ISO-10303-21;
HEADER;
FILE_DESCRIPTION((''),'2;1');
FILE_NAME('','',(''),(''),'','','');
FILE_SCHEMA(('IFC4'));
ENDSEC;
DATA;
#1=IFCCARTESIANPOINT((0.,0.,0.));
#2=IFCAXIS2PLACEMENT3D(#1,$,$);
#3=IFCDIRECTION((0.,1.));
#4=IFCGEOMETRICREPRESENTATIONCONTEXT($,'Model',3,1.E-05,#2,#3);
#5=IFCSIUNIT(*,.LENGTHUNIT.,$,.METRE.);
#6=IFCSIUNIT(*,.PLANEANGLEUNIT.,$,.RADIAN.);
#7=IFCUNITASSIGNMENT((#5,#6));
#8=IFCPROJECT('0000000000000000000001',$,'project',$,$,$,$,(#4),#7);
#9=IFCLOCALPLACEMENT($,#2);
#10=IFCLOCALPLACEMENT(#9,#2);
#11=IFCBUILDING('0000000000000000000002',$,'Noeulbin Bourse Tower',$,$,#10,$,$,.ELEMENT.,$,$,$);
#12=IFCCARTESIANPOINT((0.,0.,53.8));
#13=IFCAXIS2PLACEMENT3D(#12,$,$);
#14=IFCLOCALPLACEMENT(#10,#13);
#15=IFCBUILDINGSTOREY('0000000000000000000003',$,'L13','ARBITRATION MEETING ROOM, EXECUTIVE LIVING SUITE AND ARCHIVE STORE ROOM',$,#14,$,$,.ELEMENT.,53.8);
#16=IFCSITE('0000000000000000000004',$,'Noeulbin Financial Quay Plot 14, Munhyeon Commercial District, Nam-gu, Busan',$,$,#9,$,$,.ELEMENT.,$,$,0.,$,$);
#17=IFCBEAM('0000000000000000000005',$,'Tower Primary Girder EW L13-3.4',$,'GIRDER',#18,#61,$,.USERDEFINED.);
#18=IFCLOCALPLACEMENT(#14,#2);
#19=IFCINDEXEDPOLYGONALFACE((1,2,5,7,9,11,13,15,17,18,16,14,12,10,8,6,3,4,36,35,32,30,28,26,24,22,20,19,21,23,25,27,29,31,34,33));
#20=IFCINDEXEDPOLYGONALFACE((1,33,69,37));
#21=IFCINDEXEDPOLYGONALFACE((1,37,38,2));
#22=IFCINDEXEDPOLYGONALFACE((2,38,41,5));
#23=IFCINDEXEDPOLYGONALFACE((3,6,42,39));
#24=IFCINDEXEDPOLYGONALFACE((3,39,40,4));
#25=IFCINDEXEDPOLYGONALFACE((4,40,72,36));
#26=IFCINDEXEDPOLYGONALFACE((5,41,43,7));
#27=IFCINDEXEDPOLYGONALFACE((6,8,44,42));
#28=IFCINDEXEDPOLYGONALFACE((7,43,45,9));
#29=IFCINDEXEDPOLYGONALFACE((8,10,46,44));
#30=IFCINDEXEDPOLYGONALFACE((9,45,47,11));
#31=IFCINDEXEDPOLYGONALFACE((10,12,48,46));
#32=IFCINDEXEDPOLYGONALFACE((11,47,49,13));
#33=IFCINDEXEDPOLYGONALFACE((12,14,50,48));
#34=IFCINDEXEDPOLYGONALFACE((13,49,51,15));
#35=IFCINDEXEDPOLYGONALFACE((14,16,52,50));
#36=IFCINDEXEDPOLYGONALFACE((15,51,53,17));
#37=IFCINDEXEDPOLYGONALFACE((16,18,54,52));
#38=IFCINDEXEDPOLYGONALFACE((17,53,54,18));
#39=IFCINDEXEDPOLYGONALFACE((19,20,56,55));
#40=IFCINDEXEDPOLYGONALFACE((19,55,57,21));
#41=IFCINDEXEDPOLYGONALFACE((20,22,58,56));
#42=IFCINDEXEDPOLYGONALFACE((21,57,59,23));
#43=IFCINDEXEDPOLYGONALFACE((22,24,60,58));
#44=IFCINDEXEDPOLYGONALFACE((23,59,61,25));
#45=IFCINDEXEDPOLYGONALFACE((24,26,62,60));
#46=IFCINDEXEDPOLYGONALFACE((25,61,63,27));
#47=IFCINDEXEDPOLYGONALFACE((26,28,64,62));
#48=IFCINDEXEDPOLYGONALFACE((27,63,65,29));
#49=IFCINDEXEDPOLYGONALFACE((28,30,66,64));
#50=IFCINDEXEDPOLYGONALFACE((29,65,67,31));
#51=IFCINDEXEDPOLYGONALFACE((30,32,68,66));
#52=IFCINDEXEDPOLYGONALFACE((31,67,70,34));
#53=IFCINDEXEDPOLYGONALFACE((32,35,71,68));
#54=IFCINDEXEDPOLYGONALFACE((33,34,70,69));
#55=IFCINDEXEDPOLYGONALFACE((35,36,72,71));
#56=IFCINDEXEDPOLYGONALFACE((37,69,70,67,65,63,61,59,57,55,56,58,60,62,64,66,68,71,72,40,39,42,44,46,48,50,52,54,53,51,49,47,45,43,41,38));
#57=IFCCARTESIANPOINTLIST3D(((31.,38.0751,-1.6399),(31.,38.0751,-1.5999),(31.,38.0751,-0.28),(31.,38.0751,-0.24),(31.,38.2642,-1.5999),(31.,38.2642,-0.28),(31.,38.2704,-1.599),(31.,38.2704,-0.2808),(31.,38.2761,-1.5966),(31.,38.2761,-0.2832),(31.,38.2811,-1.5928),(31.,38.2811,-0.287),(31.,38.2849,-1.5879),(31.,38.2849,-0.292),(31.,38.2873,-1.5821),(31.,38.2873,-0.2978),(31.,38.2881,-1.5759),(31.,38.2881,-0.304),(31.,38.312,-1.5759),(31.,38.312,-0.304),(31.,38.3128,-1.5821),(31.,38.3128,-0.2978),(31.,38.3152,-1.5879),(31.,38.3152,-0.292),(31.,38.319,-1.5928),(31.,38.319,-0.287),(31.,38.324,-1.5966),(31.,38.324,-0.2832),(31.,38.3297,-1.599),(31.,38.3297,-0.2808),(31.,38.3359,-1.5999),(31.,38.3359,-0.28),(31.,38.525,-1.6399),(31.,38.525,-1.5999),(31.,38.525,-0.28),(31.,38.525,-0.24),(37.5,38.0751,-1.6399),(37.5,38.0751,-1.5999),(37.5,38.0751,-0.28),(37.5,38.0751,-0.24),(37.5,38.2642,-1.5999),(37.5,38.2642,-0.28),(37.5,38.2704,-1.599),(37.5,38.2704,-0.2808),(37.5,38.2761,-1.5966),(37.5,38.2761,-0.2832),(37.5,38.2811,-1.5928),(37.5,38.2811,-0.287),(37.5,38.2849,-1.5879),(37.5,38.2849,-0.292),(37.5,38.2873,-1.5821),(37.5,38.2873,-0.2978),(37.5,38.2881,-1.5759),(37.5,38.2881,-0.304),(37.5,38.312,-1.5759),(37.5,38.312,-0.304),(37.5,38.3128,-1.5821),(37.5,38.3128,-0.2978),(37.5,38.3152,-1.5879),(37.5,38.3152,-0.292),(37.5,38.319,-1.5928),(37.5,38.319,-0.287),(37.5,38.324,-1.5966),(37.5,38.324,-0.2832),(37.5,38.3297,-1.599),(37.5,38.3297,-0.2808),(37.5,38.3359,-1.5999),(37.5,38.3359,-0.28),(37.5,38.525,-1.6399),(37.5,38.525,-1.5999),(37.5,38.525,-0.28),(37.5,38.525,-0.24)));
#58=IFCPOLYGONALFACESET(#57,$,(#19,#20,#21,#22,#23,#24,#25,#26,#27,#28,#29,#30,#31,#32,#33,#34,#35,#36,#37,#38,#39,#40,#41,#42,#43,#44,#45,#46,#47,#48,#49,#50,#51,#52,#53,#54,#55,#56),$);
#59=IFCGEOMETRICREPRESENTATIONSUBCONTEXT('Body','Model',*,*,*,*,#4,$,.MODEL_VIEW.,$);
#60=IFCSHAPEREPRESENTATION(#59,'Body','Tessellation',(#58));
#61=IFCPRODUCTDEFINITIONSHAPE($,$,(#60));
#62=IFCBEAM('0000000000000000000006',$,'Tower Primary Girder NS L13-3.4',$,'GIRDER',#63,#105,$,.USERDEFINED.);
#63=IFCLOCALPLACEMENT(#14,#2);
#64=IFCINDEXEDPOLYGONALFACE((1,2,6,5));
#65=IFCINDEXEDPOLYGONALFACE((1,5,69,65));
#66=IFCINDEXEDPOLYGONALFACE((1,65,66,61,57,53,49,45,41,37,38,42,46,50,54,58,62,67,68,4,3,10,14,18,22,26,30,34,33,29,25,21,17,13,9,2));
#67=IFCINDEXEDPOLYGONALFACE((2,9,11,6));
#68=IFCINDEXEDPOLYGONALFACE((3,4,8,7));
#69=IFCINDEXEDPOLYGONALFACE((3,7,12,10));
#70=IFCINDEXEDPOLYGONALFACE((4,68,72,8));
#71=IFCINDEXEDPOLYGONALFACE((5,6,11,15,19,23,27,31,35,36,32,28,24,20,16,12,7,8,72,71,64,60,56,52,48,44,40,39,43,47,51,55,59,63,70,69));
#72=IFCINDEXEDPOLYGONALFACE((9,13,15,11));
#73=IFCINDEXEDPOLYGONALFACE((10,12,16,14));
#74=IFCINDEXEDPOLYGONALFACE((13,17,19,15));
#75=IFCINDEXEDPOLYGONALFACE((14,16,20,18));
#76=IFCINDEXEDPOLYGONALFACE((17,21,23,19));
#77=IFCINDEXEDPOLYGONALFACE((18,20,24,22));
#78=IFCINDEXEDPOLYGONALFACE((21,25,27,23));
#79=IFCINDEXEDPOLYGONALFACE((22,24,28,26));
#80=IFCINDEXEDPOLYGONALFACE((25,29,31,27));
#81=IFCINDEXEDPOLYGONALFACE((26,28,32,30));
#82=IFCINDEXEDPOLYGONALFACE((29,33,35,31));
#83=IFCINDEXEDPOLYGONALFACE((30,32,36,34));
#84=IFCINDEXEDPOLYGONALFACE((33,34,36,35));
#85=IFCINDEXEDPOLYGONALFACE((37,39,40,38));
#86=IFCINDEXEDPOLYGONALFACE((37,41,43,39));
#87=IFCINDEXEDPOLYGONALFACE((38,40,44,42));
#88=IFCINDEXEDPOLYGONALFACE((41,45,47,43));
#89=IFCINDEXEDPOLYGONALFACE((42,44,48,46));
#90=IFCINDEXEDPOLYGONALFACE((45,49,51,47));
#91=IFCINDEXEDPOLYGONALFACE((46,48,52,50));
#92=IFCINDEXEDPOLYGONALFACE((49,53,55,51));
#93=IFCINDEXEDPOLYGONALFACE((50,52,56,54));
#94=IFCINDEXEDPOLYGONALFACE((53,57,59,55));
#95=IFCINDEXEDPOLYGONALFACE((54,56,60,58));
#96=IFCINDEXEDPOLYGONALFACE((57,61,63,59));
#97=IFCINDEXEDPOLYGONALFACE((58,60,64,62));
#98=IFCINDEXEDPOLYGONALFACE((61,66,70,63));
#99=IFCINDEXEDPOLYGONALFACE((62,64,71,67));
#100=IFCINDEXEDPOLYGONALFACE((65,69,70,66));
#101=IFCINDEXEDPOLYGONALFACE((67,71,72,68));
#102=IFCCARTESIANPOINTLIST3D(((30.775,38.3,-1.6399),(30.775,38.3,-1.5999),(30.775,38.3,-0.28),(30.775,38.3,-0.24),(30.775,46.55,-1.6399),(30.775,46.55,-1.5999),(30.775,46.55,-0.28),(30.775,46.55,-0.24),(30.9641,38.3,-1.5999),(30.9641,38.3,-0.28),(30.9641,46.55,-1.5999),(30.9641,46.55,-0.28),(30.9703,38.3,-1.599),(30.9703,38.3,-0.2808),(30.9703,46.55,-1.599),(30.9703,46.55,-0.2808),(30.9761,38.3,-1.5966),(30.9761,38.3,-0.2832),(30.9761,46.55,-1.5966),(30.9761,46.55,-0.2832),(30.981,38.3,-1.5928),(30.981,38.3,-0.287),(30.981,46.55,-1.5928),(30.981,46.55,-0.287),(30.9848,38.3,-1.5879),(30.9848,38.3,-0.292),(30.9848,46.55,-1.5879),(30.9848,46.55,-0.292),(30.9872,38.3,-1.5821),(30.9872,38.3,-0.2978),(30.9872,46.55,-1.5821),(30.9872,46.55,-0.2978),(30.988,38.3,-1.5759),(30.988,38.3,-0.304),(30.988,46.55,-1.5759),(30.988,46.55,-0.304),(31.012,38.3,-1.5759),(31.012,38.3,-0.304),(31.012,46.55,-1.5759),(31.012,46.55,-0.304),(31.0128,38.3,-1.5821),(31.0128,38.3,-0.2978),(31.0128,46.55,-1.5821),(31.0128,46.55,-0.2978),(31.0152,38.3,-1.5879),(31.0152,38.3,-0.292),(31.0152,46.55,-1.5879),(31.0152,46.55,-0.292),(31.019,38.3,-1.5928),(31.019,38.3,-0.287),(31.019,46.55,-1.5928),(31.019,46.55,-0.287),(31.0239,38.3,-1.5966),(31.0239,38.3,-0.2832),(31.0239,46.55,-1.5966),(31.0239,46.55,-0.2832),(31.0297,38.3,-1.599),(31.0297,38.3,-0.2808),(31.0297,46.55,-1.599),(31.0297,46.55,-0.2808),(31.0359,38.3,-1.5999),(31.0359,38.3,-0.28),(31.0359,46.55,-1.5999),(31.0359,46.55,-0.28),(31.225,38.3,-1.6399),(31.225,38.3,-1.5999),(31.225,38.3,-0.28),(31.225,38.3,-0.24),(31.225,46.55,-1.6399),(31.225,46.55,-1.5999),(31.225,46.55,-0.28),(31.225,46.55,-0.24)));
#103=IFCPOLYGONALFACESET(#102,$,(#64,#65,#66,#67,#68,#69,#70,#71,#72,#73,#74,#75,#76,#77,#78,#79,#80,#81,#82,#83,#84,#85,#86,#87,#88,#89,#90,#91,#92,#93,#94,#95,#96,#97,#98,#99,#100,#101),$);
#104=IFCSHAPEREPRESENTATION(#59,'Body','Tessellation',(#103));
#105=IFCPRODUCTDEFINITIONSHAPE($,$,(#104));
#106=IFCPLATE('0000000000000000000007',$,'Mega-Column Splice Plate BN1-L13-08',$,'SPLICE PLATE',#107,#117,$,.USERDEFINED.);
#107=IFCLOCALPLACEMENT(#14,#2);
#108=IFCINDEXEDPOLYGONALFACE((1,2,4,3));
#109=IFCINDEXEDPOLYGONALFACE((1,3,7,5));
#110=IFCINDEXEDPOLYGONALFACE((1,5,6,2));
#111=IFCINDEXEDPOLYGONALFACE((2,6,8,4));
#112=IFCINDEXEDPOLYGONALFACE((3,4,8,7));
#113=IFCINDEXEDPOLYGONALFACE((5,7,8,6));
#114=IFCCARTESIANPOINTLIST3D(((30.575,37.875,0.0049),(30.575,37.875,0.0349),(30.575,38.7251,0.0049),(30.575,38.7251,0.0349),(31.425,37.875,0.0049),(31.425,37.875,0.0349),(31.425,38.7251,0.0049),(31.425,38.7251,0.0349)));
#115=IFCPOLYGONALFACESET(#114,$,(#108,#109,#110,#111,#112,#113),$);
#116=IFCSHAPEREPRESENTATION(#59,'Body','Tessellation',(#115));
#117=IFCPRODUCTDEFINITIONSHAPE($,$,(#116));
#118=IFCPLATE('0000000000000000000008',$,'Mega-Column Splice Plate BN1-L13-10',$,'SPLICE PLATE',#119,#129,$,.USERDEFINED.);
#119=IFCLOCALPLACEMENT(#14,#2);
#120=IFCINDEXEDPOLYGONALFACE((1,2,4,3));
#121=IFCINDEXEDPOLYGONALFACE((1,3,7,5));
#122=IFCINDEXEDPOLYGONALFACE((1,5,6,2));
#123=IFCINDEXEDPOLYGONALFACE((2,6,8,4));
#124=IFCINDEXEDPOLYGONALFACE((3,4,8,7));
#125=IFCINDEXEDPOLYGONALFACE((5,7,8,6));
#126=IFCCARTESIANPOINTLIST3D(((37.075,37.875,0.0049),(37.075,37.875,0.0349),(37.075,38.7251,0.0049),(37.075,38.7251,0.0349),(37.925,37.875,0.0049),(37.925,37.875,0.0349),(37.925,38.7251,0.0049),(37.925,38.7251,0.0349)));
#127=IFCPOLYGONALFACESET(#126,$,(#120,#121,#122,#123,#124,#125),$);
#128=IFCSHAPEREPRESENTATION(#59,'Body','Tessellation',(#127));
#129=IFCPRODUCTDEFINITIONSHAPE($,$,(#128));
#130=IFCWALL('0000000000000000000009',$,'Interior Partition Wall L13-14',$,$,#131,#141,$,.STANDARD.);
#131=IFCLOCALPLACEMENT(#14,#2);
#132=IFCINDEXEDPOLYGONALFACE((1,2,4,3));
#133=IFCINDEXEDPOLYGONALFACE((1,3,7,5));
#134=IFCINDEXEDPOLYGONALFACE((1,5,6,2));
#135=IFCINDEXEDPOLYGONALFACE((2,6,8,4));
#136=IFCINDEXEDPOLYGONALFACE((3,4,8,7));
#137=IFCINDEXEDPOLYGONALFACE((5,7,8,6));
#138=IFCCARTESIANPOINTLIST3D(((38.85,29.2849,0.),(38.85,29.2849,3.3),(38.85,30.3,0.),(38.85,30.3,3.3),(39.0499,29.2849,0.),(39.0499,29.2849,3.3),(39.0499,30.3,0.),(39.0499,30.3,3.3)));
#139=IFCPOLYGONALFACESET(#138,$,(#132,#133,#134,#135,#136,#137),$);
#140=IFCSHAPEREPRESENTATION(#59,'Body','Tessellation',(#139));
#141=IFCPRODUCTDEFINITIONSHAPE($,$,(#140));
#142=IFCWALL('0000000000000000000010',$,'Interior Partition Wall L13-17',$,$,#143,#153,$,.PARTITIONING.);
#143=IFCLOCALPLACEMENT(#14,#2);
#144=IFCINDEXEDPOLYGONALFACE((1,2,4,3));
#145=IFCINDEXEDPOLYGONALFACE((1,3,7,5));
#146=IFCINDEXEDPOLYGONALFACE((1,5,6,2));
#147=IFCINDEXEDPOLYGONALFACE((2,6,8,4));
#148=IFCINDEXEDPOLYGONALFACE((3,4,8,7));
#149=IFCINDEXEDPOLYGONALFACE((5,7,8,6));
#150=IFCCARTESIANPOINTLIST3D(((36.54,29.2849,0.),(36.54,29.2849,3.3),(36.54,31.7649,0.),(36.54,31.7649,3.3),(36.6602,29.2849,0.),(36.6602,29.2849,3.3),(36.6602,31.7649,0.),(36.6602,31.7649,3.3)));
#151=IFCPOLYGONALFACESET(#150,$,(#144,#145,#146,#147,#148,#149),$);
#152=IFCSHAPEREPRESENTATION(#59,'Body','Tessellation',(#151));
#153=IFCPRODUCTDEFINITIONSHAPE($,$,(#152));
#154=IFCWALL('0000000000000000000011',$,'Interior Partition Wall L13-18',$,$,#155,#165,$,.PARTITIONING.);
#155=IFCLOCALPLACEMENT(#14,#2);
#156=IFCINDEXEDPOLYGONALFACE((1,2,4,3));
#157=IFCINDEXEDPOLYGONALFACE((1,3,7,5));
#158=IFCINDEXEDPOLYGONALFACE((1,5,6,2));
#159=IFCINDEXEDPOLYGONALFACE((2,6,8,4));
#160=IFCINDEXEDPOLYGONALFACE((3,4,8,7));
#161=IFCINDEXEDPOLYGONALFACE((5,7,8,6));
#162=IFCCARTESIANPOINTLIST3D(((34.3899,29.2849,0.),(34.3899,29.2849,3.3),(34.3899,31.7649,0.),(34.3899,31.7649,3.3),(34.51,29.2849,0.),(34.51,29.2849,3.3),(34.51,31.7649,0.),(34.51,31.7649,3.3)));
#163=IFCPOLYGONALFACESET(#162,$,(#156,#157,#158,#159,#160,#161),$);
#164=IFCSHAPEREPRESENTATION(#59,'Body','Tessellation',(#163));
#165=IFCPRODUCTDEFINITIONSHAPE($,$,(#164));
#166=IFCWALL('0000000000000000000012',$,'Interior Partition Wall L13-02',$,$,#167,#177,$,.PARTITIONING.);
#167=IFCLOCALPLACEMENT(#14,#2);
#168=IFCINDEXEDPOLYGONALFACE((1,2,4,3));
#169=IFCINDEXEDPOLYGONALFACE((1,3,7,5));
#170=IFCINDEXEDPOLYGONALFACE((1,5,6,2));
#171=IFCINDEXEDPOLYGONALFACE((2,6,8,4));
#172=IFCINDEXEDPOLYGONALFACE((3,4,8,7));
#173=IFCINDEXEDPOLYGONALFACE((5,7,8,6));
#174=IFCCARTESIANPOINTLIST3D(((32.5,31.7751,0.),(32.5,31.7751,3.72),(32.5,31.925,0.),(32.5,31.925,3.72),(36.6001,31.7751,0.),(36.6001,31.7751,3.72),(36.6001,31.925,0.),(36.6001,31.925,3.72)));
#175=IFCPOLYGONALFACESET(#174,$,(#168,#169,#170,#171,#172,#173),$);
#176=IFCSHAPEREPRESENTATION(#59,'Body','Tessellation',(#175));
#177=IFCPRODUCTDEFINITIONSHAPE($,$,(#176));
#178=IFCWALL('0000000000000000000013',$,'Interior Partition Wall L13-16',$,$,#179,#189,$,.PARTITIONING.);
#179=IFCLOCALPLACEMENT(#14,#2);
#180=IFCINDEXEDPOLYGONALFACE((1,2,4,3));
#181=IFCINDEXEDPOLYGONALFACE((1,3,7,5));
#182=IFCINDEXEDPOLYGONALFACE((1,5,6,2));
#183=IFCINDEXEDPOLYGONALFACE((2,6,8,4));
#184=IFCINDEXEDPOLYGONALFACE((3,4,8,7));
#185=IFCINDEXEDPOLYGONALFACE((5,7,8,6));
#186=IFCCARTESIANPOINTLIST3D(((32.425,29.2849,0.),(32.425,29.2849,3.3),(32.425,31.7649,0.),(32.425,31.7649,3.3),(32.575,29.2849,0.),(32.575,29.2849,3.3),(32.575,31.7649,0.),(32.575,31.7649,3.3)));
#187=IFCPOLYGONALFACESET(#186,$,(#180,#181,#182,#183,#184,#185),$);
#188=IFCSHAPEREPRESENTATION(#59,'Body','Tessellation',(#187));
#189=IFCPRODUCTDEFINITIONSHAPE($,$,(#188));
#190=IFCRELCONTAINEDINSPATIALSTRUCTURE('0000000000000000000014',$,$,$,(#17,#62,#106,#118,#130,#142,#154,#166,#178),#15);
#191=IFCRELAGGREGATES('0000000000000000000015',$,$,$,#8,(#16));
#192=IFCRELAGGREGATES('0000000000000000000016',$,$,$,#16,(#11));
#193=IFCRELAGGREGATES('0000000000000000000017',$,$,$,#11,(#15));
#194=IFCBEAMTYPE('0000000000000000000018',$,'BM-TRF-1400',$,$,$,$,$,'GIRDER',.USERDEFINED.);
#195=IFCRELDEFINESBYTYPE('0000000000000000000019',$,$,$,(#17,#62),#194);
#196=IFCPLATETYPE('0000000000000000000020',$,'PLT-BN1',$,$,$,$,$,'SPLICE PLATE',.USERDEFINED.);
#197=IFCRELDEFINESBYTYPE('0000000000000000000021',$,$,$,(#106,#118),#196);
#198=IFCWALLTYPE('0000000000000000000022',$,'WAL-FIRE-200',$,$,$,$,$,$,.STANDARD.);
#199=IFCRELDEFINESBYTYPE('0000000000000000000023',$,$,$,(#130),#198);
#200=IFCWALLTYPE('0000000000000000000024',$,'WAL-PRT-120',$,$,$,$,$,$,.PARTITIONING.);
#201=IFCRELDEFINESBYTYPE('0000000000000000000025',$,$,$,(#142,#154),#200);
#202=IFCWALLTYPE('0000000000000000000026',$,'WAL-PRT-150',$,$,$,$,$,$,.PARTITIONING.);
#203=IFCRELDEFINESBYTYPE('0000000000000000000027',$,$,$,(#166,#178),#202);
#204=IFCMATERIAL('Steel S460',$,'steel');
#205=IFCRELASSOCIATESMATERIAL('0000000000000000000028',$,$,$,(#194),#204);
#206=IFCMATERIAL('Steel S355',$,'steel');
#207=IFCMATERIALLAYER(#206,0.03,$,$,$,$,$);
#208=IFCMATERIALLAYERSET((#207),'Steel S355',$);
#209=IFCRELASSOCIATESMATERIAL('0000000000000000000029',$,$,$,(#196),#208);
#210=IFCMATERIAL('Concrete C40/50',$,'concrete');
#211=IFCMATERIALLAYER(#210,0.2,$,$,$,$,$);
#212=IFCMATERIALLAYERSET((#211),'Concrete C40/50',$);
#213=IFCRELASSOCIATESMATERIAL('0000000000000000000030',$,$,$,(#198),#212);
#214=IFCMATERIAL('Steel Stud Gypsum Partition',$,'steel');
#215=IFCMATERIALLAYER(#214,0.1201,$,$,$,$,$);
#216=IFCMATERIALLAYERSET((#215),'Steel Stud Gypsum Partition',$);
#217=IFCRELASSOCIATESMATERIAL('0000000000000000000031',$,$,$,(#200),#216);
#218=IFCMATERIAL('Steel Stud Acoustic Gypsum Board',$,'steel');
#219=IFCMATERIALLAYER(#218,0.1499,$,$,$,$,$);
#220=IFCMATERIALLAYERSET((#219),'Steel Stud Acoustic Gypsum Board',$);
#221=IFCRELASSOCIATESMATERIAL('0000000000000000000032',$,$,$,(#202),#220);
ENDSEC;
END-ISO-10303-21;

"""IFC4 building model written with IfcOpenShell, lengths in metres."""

from ifc_helpers import new_model, si_unit, direction, frame, frame_2d, origin, origin_2d, place, context, subcontext, project, spatial, rectangle, i_section, extrude, material, layer, layer_set, material_profile, profile_set, type_object, element, save


model = new_model("IFC4")

# Units and contexts
model_context = context("Model", 3, precision=1e-05, world=origin(), true_north=direction((0.0, 1.0)))
body_context = subcontext(model_context, "Body", "Model", "MODEL_VIEW")
ifc_project = project(units=[si_unit("LENGTHUNIT", "METRE"), si_unit("PLANEANGLEUNIT", "RADIAN")], contexts=[model_context])

# Site, building, storey
site_placement = place(None, origin())
site = spatial("IfcSite", under=ifc_project, at=site_placement, Name="Noeulbin Financial Quay Plot 14, Munhyeon Commercial District, Nam-gu, Busan", CompositionType="ELEMENT", RefElevation=0.0)
building_placement = place(site_placement, origin())
building = spatial("IfcBuilding", under=site, at=building_placement, Name="Noeulbin Bourse Tower", CompositionType="ELEMENT")
storey_placement = place(building_placement, frame((0.0, 0.0, 53.8)))
storey = spatial("IfcBuildingStorey", under=building, at=storey_placement, Name="L13", Description="ARBITRATION MEETING ROOM, EXECUTIVE LIVING SUITE AND ARCHIVE STORE ROOM", CompositionType="ELEMENT", Elevation=53.8)

# Shared definitions
ifc_material_1 = material(Name="Steel S460", Category="steel")

# Beams
ifc_material_2 = material(Name="Steel S355", Category="steel")
ifc_material_profile_1 = material_profile(ifc_material_1, i_section(OverallWidth=0.45, OverallDepth=1.3999, WebThickness=0.0239, FlangeThickness=0.04, FilletRadius=0.0239, at=origin_2d()), Name="PG-1400x450x24x40", Category="LoadBearing")
ifc_profile_set_1 = profile_set([ifc_material_profile_1], Name="Steel S460")
beam_type_1 = type_object("IfcBeamType", Name="BM-TRF-1400", ElementType="GIRDER", PredefinedType="USERDEFINED", material=ifc_profile_set_1)
beam_1_placement = place(storey_placement, frame((31.0, 38.3, -0.9399), z_axis=(1.0, 0.0, 0.0), x_axis=(0.0, 1.0, 0.0)))
element("IfcBeam", 1, at=beam_1_placement, inside=storey, type_object=beam_type_1, Name="Tower Primary Girder EW L13-3.4", ObjectType="GIRDER", PredefinedType="USERDEFINED", context=body_context, shape_type="SweptSolid", body=[
    extrude(i_section(OverallWidth=0.45, OverallDepth=1.3999, WebThickness=0.0239, FlangeThickness=0.04, FilletRadius=0.0239, at=origin_2d()), origin(), (0.0, 0.0, 1.0), 6.5),
])
beam_2_placement = place(storey_placement, frame((31.0, 38.3, -0.9399), z_axis=(0.0, 1.0, 0.0), x_axis=(-1.0, 0.0, 0.0)))
element("IfcBeam", 2, at=beam_2_placement, inside=storey, type_object=beam_type_1, Name="Tower Primary Girder NS L13-3.4", ObjectType="GIRDER", PredefinedType="USERDEFINED", context=body_context, shape_type="SweptSolid", body=[
    extrude(i_section(OverallWidth=0.45, OverallDepth=1.3999, WebThickness=0.0239, FlangeThickness=0.04, FilletRadius=0.0239, at=origin_2d()), origin(), (0.0, 0.0, 1.0), 8.25),
])

# Plates
ifc_layer_1 = layer(ifc_material_2, 0.03)
ifc_layer_set_1 = layer_set([ifc_layer_1], Name="Steel S355")
plate_type = type_object("IfcPlateType", Name="PLT-BN1", ElementType="SPLICE PLATE", PredefinedType="USERDEFINED", material=ifc_layer_set_1)
for number, where, z_axis, x_axis, name in (
    (3, (31.0, 38.3, 0.0049), (0.0, 0.0, 1.0), (1.0, 0.0, 0.0), "Mega-Column Splice Plate BN1-L13-08"),
    (4, (37.5, 38.3, 0.0049), (0.0, 0.0, 1.0), (1.0, 0.0, 0.0), "Mega-Column Splice Plate BN1-L13-10"),
):
    element("IfcPlate", number, at=place(storey_placement, frame(where, z_axis=z_axis, x_axis=x_axis)), inside=storey, type_object=plate_type, Name=name, ObjectType="SPLICE PLATE", PredefinedType="USERDEFINED", context=body_context, shape_type="SweptSolid", body=[
        extrude(rectangle(XDim=0.8501, YDim=0.8501, at=origin_2d()), origin(), (0.0, 0.0, 1.0), 0.03),
    ])

# Walls
ifc_material_3 = material(Name="Concrete C40/50", Category="concrete")
ifc_layer_2 = layer(ifc_material_3, 0.2)
ifc_layer_set_2 = layer_set([ifc_layer_2], Name="Concrete C40/50")
wall_type_1 = type_object("IfcWallType", Name="WAL-FIRE-200", PredefinedType="STANDARD", material=ifc_layer_set_2)
wall_1_placement = place(storey_placement, frame((38.95, 29.2849, 0.0), z_axis=(0.0, 0.0, 1.0), x_axis=(0.0, 1.0, 0.0)))
element("IfcWall", 5, at=wall_1_placement, inside=storey, type_object=wall_type_1, Name="Interior Partition Wall L13-14", PredefinedType="STANDARD", context=body_context, shape_type="SweptSolid", body=[
    extrude(rectangle(XDim=1.0151, YDim=0.2, at=frame_2d((0.5076, 0.0))), origin(), (0.0, 0.0, 1.0), 3.3),
])
ifc_material_4 = material(Name="Steel Stud Gypsum Partition", Category="steel")
ifc_layer_3 = layer(ifc_material_4, 0.1201)
ifc_layer_set_3 = layer_set([ifc_layer_3], Name="Steel Stud Gypsum Partition")
wall_type_2 = type_object("IfcWallType", Name="WAL-PRT-120", PredefinedType="PARTITIONING", material=ifc_layer_set_3)
for number, where, z_axis, x_axis, name in (
    (6, (36.6001, 29.2849, 0.0), (0.0, 0.0, 1.0), (0.0, 1.0, 0.0), "Interior Partition Wall L13-17"),
    (7, (34.45, 29.2849, 0.0), (0.0, 0.0, 1.0), (0.0, 1.0, 0.0), "Interior Partition Wall L13-18"),
):
    element("IfcWall", number, at=place(storey_placement, frame(where, z_axis=z_axis, x_axis=x_axis)), inside=storey, type_object=wall_type_2, Name=name, PredefinedType="PARTITIONING", context=body_context, shape_type="SweptSolid", body=[
        extrude(rectangle(XDim=2.48, YDim=0.1201, at=frame_2d((1.24, 0.0))), origin(), (0.0, 0.0, 1.0), 3.3),
    ])
ifc_material_5 = material(Name="Steel Stud Acoustic Gypsum Board", Category="steel")
ifc_layer_4 = layer(ifc_material_5, 0.1499)
ifc_layer_set_4 = layer_set([ifc_layer_4], Name="Steel Stud Acoustic Gypsum Board")
wall_type_3 = type_object("IfcWallType", Name="WAL-PRT-150", PredefinedType="PARTITIONING", material=ifc_layer_set_4)
wall_2_placement = place(storey_placement, frame((32.5, 31.8501, 0.0), z_axis=(0.0, 0.0, 1.0), x_axis=(1.0, 0.0, 0.0)))
element("IfcWall", 8, at=wall_2_placement, inside=storey, type_object=wall_type_3, Name="Interior Partition Wall L13-02", PredefinedType="PARTITIONING", context=body_context, shape_type="SweptSolid", body=[
    extrude(rectangle(XDim=4.1001, YDim=0.1499, at=frame_2d((2.05, 0.0))), origin(), (0.0, 0.0, 1.0), 3.72),
])
wall_3_placement = place(storey_placement, frame((32.5, 29.2849, 0.0), z_axis=(0.0, 0.0, 1.0), x_axis=(0.0, 1.0, 0.0)))
element("IfcWall", 9, at=wall_3_placement, inside=storey, type_object=wall_type_3, Name="Interior Partition Wall L13-16", PredefinedType="PARTITIONING", context=body_context, shape_type="SweptSolid", body=[
    extrude(rectangle(XDim=2.48, YDim=0.1499, at=frame_2d((1.24, 0.0))), origin(), (0.0, 0.0, 1.0), 3.3),
])

save(model, "model.ifc")
